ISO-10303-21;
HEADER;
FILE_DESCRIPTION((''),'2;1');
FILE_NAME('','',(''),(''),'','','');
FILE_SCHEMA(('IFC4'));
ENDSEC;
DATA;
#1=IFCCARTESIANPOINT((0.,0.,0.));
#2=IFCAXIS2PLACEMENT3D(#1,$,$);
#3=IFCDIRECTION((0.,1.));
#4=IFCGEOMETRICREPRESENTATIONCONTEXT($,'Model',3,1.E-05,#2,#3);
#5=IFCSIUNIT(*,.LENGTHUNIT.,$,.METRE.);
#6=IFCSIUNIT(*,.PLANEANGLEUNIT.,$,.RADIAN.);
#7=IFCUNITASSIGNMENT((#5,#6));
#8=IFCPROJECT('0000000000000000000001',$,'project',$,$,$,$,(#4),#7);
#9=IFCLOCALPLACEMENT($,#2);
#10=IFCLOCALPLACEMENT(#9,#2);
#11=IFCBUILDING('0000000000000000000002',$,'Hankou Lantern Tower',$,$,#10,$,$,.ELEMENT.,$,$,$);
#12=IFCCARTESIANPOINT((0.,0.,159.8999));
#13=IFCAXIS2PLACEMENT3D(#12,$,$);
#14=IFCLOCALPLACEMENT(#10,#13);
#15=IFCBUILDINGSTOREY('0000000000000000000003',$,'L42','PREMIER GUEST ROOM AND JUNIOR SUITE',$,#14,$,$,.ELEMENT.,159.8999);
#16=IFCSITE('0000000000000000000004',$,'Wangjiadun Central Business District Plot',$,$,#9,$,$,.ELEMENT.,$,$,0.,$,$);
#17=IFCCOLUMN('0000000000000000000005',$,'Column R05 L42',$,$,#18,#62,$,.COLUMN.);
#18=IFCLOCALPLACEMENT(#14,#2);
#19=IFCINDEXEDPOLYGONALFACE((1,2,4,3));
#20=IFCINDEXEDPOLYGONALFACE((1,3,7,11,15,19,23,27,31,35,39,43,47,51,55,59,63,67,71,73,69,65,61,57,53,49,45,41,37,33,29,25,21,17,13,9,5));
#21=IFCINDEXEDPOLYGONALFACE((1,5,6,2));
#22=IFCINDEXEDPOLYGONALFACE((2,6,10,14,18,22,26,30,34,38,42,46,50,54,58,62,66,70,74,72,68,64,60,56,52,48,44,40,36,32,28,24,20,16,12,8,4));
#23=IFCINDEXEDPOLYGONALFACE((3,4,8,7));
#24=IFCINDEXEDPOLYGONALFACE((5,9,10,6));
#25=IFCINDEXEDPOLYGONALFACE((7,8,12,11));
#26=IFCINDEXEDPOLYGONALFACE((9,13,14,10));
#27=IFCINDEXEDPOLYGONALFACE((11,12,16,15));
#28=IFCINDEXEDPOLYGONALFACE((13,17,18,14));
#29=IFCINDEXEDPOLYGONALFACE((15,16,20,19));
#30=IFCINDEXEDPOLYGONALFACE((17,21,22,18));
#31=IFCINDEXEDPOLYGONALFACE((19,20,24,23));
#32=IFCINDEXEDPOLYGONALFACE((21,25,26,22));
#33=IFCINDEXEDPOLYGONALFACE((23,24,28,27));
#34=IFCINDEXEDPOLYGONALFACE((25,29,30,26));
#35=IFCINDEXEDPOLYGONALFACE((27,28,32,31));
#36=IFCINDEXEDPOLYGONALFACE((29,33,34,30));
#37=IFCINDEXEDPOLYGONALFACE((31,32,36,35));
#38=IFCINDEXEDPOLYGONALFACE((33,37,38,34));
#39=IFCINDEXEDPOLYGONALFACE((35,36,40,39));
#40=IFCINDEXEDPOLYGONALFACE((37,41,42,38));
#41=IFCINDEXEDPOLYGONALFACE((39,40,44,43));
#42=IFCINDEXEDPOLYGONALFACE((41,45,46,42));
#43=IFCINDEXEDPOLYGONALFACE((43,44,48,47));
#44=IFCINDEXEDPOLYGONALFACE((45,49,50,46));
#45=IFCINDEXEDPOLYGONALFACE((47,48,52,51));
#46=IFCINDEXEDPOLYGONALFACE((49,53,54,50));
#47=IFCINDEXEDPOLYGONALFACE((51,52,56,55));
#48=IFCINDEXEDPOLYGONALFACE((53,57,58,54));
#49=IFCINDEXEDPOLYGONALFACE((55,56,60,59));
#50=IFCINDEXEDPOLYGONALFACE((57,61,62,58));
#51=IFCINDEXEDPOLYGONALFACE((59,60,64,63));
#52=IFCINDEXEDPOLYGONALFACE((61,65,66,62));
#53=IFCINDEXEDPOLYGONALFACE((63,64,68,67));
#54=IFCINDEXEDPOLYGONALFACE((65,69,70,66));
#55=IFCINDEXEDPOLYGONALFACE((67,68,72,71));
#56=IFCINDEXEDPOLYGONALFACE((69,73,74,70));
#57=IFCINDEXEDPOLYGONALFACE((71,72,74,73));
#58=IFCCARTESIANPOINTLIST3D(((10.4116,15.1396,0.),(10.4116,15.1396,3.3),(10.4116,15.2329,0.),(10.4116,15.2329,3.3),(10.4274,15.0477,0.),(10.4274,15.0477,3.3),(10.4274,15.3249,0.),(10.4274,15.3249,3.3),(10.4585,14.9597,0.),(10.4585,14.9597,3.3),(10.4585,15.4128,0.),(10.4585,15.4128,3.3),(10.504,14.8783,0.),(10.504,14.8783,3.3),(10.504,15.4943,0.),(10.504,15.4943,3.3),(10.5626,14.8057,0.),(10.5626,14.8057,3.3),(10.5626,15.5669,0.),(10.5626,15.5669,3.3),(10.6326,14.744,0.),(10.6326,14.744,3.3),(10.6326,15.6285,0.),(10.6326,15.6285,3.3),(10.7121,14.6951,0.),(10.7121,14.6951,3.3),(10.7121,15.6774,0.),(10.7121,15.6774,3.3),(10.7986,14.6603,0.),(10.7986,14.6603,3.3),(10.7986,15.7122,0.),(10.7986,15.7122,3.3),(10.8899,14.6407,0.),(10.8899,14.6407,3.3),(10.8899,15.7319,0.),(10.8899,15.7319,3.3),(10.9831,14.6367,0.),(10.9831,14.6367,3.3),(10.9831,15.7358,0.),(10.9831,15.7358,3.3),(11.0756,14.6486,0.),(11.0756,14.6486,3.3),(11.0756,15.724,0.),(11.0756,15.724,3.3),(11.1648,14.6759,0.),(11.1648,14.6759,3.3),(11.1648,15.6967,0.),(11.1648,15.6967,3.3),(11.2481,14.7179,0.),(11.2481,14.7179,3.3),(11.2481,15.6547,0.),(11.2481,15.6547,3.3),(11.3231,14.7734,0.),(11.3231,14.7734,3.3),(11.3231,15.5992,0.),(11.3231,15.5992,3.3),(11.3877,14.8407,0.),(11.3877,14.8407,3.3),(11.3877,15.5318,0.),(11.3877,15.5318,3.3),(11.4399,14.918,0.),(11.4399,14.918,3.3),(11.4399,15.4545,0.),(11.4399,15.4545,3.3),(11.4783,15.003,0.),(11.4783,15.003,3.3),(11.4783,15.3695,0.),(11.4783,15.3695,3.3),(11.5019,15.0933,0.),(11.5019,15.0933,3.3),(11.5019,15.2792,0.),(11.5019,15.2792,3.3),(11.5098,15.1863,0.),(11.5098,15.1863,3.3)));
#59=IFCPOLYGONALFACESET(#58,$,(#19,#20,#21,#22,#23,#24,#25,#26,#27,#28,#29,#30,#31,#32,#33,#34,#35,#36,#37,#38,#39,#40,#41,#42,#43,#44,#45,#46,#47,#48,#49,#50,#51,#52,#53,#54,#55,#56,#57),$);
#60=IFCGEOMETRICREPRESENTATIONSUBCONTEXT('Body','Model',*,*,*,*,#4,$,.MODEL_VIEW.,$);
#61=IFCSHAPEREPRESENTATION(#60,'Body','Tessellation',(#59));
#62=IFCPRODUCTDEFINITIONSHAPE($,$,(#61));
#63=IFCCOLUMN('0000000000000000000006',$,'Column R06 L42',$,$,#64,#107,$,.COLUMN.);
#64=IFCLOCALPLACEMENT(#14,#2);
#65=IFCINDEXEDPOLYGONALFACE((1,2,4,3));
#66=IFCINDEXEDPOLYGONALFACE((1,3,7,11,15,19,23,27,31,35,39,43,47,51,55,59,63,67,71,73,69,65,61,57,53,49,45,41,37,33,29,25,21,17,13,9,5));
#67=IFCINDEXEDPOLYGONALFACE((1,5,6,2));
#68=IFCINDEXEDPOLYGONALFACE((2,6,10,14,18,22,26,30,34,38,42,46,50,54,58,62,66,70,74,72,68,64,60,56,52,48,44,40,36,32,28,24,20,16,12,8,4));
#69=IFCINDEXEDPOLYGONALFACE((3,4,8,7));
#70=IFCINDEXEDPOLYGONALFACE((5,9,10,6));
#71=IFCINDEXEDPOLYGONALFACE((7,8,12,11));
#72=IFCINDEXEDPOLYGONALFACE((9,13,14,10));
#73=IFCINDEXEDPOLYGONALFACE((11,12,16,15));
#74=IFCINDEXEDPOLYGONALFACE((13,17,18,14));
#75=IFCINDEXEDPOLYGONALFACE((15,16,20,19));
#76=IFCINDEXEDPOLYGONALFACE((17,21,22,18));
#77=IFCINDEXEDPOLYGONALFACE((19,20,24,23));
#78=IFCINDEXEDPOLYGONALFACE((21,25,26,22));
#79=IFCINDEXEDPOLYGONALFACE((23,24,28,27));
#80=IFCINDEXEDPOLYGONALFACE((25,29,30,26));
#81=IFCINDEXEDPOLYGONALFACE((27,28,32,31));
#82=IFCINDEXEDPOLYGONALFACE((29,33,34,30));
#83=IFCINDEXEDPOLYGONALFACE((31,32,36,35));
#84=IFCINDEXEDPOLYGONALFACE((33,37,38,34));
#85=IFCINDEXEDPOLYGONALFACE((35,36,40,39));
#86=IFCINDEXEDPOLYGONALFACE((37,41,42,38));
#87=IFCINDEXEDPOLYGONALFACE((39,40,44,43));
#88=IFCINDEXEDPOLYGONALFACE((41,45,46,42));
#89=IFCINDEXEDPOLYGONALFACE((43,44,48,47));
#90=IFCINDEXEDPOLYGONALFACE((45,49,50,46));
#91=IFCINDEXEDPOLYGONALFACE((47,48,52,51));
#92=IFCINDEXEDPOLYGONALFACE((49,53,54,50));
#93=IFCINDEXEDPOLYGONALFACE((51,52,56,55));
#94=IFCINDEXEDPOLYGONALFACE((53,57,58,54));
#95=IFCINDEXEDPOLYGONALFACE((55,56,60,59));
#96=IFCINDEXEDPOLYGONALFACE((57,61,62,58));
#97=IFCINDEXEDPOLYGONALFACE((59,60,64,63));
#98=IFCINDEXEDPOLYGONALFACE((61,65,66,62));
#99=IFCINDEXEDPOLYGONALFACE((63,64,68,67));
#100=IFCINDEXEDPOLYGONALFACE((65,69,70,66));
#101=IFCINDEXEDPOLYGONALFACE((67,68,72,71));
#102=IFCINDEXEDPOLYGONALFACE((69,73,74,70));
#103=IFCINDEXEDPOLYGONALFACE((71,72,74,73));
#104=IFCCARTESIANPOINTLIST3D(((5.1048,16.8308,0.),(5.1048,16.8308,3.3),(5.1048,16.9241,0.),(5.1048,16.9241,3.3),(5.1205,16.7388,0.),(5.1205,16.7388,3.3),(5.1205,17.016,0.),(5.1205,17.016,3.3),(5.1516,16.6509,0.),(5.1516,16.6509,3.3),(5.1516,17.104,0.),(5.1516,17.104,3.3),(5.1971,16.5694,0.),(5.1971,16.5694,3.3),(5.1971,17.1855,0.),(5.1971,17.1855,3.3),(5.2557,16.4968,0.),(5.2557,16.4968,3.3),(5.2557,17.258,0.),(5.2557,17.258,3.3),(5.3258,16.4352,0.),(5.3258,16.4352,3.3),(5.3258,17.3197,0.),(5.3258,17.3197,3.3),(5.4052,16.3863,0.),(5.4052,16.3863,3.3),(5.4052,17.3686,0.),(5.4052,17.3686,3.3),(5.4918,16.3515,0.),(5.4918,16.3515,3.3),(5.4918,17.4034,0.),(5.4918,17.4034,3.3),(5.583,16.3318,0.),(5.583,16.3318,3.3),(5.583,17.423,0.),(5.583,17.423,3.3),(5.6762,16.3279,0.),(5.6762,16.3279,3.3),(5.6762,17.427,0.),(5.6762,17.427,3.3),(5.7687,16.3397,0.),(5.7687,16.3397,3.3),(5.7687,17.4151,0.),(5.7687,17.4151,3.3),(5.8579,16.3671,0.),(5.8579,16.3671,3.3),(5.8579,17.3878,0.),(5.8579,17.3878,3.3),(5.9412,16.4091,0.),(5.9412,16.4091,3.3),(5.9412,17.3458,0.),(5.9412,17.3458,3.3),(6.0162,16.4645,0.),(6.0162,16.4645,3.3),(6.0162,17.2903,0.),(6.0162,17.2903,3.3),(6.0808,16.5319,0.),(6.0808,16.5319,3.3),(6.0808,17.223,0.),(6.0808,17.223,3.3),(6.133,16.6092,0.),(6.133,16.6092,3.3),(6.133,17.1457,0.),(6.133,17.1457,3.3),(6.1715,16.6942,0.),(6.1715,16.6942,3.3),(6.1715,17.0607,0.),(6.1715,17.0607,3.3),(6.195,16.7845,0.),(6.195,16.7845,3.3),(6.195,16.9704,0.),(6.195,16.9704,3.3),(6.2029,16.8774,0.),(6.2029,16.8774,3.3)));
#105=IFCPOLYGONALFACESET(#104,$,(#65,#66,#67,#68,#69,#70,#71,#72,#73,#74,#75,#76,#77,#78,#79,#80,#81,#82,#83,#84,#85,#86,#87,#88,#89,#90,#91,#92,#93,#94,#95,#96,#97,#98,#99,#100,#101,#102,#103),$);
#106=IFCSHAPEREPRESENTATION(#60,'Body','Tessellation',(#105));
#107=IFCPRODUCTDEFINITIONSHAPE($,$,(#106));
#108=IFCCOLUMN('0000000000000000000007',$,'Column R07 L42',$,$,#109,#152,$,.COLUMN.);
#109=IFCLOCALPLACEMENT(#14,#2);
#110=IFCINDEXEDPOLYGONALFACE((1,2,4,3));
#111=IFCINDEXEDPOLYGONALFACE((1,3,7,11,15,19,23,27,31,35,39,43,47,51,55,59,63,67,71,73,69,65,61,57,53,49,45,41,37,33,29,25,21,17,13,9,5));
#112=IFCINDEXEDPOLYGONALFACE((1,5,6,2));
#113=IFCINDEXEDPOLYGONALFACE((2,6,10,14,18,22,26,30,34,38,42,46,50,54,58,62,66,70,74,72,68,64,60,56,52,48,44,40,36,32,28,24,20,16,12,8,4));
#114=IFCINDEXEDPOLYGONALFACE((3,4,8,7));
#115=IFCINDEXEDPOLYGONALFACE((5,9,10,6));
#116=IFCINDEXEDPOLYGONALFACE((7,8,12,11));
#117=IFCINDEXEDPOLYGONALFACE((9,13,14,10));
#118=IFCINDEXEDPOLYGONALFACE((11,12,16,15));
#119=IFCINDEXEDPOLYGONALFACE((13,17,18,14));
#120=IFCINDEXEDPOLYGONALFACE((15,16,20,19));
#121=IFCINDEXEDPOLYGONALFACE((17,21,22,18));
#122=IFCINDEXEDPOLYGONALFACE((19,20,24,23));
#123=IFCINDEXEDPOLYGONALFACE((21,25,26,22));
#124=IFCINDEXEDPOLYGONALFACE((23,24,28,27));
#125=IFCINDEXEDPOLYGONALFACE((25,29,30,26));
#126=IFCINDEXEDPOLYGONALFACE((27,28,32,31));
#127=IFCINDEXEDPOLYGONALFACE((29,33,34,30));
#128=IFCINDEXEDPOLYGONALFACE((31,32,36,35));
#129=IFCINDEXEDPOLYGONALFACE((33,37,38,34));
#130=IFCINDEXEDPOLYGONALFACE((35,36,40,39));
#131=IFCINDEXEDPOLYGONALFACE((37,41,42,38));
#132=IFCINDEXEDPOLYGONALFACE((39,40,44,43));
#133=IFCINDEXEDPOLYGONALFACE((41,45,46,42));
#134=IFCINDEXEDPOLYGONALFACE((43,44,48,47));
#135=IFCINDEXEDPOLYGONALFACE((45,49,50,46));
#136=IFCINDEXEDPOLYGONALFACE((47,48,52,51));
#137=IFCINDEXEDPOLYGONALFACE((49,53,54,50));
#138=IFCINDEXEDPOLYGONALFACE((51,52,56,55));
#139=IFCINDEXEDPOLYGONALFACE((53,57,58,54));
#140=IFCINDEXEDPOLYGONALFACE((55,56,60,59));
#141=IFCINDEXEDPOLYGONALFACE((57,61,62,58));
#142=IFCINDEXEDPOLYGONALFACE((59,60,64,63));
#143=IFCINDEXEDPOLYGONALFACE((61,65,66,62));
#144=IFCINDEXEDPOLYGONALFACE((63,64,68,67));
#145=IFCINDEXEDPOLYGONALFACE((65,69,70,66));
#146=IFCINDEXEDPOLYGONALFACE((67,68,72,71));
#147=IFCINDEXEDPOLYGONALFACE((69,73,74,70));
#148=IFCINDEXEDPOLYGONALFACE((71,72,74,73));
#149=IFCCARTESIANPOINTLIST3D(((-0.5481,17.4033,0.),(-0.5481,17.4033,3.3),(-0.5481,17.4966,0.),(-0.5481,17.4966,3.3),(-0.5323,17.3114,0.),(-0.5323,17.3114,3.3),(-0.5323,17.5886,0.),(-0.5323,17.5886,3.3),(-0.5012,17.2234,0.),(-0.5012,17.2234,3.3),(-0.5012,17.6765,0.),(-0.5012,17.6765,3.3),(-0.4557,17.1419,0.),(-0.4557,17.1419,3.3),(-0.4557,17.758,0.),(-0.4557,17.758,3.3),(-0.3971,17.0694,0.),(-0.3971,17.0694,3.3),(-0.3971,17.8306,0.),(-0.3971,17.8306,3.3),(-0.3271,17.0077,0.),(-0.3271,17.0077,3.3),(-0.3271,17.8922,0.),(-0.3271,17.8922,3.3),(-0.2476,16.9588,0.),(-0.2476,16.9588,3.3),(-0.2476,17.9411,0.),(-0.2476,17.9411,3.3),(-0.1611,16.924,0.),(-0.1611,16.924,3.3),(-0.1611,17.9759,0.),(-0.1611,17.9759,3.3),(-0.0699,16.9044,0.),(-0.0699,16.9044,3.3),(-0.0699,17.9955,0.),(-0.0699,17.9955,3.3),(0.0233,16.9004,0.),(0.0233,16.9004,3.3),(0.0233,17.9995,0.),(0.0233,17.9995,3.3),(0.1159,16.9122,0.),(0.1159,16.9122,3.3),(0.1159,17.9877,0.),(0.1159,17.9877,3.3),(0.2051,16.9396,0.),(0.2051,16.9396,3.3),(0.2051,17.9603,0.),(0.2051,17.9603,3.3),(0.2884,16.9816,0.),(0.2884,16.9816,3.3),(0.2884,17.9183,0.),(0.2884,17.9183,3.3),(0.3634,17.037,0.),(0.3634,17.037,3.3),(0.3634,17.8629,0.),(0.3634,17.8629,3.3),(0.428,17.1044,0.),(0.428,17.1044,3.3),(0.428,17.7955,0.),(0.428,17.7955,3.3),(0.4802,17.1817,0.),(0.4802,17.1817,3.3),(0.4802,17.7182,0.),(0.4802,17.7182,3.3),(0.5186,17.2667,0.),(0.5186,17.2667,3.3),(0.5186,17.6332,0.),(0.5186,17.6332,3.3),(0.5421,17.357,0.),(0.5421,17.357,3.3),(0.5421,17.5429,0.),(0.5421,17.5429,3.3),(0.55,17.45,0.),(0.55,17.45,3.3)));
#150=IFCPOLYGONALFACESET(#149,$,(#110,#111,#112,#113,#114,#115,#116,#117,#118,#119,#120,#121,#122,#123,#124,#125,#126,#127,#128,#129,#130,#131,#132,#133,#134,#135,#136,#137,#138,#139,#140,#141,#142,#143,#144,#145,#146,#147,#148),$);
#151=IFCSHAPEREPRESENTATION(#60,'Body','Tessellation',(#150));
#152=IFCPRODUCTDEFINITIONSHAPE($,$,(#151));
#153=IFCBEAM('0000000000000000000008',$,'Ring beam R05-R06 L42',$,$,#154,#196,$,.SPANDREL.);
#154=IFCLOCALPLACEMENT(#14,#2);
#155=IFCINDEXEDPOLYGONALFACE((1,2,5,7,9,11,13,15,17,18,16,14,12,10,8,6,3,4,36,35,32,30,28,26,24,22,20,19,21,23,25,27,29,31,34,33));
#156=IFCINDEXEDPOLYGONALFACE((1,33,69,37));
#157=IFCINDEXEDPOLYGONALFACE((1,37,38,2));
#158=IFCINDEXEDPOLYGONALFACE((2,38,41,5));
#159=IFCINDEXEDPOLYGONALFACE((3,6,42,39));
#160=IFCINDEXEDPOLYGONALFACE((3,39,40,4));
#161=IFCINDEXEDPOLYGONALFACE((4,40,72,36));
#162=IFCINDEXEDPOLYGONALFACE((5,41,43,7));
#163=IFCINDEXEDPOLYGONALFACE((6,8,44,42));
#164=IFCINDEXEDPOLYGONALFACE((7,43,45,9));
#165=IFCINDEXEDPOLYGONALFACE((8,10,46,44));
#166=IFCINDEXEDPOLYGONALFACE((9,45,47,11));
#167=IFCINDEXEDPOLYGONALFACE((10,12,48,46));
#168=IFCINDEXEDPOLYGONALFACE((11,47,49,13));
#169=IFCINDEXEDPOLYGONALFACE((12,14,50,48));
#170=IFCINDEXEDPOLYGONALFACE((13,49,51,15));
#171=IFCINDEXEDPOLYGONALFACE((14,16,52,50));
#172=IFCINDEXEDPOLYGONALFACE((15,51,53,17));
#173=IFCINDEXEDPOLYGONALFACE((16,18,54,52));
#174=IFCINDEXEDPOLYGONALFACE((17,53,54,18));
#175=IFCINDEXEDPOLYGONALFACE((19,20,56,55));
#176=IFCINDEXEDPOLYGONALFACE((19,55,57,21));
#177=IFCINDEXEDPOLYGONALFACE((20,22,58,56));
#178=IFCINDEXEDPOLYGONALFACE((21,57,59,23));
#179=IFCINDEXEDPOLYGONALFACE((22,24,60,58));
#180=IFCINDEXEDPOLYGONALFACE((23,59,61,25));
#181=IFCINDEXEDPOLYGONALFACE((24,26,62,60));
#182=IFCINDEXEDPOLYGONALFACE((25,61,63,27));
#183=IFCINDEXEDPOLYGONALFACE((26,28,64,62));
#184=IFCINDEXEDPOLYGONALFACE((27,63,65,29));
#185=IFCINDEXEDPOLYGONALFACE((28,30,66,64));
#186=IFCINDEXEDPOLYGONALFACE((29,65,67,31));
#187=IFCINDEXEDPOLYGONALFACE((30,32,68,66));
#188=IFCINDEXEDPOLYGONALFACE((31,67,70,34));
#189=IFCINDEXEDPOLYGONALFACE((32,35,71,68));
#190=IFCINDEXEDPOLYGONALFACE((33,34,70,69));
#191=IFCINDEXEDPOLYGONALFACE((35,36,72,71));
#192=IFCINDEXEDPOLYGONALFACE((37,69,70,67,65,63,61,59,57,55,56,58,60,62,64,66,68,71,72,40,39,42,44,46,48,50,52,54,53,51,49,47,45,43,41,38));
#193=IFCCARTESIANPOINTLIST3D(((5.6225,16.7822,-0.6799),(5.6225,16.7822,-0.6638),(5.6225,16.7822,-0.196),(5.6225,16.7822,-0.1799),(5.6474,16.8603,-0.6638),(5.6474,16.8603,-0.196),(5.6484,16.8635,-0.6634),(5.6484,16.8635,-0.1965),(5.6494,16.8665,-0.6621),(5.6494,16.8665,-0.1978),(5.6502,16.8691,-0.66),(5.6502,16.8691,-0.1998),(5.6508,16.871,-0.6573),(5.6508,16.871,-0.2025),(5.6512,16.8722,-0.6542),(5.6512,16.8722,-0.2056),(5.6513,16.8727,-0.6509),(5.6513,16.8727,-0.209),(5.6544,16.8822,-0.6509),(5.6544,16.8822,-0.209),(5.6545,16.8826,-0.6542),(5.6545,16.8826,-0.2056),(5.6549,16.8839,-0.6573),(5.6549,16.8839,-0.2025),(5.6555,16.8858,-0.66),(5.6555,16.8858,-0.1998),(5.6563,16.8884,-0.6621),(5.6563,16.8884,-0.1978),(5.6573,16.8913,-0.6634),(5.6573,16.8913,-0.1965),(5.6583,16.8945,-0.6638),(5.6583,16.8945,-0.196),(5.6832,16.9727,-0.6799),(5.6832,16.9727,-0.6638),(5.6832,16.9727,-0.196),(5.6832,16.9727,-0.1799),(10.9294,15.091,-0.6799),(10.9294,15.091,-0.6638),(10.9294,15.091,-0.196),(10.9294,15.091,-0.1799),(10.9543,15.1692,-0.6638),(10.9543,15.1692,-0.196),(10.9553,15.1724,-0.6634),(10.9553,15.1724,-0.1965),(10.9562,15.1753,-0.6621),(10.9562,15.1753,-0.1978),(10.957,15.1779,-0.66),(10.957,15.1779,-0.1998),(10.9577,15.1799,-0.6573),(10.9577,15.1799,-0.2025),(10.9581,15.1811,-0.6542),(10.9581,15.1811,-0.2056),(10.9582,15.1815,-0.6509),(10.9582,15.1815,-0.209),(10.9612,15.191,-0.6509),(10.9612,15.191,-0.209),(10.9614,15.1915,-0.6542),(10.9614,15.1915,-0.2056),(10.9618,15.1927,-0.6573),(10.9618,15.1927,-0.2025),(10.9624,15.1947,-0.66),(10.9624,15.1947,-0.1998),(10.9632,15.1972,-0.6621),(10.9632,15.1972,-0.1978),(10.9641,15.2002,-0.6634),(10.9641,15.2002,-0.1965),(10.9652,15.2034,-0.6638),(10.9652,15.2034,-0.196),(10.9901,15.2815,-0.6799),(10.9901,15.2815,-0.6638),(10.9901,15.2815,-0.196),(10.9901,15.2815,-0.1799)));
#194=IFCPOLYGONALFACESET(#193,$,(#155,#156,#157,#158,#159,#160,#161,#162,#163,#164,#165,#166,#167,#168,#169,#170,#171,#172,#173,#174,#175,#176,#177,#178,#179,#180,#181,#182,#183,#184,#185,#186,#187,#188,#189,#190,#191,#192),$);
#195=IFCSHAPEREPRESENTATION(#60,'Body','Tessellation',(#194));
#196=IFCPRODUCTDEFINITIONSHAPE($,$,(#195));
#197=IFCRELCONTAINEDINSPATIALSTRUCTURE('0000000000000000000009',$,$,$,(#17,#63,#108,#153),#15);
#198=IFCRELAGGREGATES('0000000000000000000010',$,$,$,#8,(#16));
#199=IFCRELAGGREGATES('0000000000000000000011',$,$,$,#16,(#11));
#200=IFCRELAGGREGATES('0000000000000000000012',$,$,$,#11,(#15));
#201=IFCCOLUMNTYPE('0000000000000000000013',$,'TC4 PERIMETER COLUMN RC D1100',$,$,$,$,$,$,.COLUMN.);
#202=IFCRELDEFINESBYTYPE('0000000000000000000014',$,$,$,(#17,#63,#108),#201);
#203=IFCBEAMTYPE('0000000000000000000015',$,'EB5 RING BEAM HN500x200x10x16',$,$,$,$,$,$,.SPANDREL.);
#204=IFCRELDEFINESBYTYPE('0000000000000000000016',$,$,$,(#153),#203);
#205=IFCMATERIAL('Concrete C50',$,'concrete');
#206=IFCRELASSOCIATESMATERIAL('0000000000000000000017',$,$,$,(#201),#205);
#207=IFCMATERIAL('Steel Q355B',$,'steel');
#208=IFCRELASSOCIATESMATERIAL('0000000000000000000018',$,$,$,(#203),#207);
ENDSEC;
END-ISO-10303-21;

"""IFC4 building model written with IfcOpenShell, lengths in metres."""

from ifc_helpers import new_model, si_unit, direction, frame, origin, origin_2d, place, context, subcontext, project, spatial, circle, i_section, extrude, material, material_profile, profile_set, type_object, element, save


model = new_model("IFC4")

# Units and contexts
model_context = context("Model", 3, precision=1e-05, world=origin(), true_north=direction((0.0, 1.0)))
body_context = subcontext(model_context, "Body", "Model", "MODEL_VIEW")
ifc_project = project(units=[si_unit("LENGTHUNIT", "METRE"), si_unit("PLANEANGLEUNIT", "RADIAN")], contexts=[model_context])

# Site, building, storey
site_placement = place(None, origin())
site = spatial("IfcSite", under=ifc_project, at=site_placement, Name="Wangjiadun Central Business District Plot", CompositionType="ELEMENT", RefElevation=0.0)
building_placement = place(site_placement, origin())
building = spatial("IfcBuilding", under=site, at=building_placement, Name="Hankou Lantern Tower", CompositionType="ELEMENT")
storey_placement = place(building_placement, frame((0.0, 0.0, 159.8999)))
storey = spatial("IfcBuildingStorey", under=building, at=storey_placement, Name="L42", Description="PREMIER GUEST ROOM AND JUNIOR SUITE", CompositionType="ELEMENT", Elevation=159.8999)

# Columns
ifc_material_1 = material(Name="Concrete C50", Category="concrete")
ifc_material_profile_1 = material_profile(ifc_material_1, circle(Radius=0.55, at=origin_2d()), Name="RC D1100")
ifc_profile_set_1 = profile_set([ifc_material_profile_1], Name="Concrete C50")
column_type = type_object("IfcColumnType", Name="TC4 PERIMETER COLUMN RC D1100", PredefinedType="COLUMN", material=ifc_profile_set_1)
for number, where, z_axis, x_axis, name in (
    (1, (10.9597, 15.1863, 0.0), (0.0, 0.0, 1.0), (1.0, 0.0, 0.0), "Column R05 L42"),
    (2, (5.6528, 16.8774, 0.0), (0.0, 0.0, 1.0), (1.0, 0.0, 0.0), "Column R06 L42"),
    (3, (0.0, 17.45, 0.0), (0.0, 0.0, 1.0), (1.0, 0.0, 0.0), "Column R07 L42"),
):
    element("IfcColumn", number, at=place(storey_placement, frame(where, z_axis=z_axis, x_axis=x_axis)), inside=storey, type_object=column_type, Name=name, PredefinedType="COLUMN", context=body_context, shape_type="SweptSolid", body=[
        extrude(circle(Radius=0.55, at=origin_2d()), origin(), (0.0, 0.0, 1.0), 3.3),
    ])

# Beam
ifc_material_2 = material(Name="Steel Q355B", Category="steel")
ifc_material_profile_2 = material_profile(ifc_material_2, i_section(OverallWidth=0.2, OverallDepth=0.5, WebThickness=0.01, FlangeThickness=0.0161, FilletRadius=0.0129, at=origin_2d()), Name="HN500x200x10x16")
ifc_profile_set_2 = profile_set([ifc_material_profile_2], Name="Steel Q355B")
beam_type_1 = type_object("IfcBeamType", Name="EB5 RING BEAM HN500x200x10x16", PredefinedType="SPANDREL", material=ifc_profile_set_2)
beam_1_placement = place(storey_placement, frame((10.9597, 15.1863, -0.4299), z_axis=(-0.95279, 0.303629, 0.0), x_axis=(-0.303629, -0.95279, 0.0)))
element("IfcBeam", 4, at=beam_1_placement, inside=storey, type_object=beam_type_1, Name="Ring beam R05-R06 L42", PredefinedType="SPANDREL", context=body_context, shape_type="SweptSolid", body=[
    extrude(i_section(OverallWidth=0.2, OverallDepth=0.5, WebThickness=0.01, FlangeThickness=0.0161, FilletRadius=0.0129, at=origin_2d()), origin(), (0.0, 0.0, 1.0), 5.5698),
])

save(model, "model.ifc")
